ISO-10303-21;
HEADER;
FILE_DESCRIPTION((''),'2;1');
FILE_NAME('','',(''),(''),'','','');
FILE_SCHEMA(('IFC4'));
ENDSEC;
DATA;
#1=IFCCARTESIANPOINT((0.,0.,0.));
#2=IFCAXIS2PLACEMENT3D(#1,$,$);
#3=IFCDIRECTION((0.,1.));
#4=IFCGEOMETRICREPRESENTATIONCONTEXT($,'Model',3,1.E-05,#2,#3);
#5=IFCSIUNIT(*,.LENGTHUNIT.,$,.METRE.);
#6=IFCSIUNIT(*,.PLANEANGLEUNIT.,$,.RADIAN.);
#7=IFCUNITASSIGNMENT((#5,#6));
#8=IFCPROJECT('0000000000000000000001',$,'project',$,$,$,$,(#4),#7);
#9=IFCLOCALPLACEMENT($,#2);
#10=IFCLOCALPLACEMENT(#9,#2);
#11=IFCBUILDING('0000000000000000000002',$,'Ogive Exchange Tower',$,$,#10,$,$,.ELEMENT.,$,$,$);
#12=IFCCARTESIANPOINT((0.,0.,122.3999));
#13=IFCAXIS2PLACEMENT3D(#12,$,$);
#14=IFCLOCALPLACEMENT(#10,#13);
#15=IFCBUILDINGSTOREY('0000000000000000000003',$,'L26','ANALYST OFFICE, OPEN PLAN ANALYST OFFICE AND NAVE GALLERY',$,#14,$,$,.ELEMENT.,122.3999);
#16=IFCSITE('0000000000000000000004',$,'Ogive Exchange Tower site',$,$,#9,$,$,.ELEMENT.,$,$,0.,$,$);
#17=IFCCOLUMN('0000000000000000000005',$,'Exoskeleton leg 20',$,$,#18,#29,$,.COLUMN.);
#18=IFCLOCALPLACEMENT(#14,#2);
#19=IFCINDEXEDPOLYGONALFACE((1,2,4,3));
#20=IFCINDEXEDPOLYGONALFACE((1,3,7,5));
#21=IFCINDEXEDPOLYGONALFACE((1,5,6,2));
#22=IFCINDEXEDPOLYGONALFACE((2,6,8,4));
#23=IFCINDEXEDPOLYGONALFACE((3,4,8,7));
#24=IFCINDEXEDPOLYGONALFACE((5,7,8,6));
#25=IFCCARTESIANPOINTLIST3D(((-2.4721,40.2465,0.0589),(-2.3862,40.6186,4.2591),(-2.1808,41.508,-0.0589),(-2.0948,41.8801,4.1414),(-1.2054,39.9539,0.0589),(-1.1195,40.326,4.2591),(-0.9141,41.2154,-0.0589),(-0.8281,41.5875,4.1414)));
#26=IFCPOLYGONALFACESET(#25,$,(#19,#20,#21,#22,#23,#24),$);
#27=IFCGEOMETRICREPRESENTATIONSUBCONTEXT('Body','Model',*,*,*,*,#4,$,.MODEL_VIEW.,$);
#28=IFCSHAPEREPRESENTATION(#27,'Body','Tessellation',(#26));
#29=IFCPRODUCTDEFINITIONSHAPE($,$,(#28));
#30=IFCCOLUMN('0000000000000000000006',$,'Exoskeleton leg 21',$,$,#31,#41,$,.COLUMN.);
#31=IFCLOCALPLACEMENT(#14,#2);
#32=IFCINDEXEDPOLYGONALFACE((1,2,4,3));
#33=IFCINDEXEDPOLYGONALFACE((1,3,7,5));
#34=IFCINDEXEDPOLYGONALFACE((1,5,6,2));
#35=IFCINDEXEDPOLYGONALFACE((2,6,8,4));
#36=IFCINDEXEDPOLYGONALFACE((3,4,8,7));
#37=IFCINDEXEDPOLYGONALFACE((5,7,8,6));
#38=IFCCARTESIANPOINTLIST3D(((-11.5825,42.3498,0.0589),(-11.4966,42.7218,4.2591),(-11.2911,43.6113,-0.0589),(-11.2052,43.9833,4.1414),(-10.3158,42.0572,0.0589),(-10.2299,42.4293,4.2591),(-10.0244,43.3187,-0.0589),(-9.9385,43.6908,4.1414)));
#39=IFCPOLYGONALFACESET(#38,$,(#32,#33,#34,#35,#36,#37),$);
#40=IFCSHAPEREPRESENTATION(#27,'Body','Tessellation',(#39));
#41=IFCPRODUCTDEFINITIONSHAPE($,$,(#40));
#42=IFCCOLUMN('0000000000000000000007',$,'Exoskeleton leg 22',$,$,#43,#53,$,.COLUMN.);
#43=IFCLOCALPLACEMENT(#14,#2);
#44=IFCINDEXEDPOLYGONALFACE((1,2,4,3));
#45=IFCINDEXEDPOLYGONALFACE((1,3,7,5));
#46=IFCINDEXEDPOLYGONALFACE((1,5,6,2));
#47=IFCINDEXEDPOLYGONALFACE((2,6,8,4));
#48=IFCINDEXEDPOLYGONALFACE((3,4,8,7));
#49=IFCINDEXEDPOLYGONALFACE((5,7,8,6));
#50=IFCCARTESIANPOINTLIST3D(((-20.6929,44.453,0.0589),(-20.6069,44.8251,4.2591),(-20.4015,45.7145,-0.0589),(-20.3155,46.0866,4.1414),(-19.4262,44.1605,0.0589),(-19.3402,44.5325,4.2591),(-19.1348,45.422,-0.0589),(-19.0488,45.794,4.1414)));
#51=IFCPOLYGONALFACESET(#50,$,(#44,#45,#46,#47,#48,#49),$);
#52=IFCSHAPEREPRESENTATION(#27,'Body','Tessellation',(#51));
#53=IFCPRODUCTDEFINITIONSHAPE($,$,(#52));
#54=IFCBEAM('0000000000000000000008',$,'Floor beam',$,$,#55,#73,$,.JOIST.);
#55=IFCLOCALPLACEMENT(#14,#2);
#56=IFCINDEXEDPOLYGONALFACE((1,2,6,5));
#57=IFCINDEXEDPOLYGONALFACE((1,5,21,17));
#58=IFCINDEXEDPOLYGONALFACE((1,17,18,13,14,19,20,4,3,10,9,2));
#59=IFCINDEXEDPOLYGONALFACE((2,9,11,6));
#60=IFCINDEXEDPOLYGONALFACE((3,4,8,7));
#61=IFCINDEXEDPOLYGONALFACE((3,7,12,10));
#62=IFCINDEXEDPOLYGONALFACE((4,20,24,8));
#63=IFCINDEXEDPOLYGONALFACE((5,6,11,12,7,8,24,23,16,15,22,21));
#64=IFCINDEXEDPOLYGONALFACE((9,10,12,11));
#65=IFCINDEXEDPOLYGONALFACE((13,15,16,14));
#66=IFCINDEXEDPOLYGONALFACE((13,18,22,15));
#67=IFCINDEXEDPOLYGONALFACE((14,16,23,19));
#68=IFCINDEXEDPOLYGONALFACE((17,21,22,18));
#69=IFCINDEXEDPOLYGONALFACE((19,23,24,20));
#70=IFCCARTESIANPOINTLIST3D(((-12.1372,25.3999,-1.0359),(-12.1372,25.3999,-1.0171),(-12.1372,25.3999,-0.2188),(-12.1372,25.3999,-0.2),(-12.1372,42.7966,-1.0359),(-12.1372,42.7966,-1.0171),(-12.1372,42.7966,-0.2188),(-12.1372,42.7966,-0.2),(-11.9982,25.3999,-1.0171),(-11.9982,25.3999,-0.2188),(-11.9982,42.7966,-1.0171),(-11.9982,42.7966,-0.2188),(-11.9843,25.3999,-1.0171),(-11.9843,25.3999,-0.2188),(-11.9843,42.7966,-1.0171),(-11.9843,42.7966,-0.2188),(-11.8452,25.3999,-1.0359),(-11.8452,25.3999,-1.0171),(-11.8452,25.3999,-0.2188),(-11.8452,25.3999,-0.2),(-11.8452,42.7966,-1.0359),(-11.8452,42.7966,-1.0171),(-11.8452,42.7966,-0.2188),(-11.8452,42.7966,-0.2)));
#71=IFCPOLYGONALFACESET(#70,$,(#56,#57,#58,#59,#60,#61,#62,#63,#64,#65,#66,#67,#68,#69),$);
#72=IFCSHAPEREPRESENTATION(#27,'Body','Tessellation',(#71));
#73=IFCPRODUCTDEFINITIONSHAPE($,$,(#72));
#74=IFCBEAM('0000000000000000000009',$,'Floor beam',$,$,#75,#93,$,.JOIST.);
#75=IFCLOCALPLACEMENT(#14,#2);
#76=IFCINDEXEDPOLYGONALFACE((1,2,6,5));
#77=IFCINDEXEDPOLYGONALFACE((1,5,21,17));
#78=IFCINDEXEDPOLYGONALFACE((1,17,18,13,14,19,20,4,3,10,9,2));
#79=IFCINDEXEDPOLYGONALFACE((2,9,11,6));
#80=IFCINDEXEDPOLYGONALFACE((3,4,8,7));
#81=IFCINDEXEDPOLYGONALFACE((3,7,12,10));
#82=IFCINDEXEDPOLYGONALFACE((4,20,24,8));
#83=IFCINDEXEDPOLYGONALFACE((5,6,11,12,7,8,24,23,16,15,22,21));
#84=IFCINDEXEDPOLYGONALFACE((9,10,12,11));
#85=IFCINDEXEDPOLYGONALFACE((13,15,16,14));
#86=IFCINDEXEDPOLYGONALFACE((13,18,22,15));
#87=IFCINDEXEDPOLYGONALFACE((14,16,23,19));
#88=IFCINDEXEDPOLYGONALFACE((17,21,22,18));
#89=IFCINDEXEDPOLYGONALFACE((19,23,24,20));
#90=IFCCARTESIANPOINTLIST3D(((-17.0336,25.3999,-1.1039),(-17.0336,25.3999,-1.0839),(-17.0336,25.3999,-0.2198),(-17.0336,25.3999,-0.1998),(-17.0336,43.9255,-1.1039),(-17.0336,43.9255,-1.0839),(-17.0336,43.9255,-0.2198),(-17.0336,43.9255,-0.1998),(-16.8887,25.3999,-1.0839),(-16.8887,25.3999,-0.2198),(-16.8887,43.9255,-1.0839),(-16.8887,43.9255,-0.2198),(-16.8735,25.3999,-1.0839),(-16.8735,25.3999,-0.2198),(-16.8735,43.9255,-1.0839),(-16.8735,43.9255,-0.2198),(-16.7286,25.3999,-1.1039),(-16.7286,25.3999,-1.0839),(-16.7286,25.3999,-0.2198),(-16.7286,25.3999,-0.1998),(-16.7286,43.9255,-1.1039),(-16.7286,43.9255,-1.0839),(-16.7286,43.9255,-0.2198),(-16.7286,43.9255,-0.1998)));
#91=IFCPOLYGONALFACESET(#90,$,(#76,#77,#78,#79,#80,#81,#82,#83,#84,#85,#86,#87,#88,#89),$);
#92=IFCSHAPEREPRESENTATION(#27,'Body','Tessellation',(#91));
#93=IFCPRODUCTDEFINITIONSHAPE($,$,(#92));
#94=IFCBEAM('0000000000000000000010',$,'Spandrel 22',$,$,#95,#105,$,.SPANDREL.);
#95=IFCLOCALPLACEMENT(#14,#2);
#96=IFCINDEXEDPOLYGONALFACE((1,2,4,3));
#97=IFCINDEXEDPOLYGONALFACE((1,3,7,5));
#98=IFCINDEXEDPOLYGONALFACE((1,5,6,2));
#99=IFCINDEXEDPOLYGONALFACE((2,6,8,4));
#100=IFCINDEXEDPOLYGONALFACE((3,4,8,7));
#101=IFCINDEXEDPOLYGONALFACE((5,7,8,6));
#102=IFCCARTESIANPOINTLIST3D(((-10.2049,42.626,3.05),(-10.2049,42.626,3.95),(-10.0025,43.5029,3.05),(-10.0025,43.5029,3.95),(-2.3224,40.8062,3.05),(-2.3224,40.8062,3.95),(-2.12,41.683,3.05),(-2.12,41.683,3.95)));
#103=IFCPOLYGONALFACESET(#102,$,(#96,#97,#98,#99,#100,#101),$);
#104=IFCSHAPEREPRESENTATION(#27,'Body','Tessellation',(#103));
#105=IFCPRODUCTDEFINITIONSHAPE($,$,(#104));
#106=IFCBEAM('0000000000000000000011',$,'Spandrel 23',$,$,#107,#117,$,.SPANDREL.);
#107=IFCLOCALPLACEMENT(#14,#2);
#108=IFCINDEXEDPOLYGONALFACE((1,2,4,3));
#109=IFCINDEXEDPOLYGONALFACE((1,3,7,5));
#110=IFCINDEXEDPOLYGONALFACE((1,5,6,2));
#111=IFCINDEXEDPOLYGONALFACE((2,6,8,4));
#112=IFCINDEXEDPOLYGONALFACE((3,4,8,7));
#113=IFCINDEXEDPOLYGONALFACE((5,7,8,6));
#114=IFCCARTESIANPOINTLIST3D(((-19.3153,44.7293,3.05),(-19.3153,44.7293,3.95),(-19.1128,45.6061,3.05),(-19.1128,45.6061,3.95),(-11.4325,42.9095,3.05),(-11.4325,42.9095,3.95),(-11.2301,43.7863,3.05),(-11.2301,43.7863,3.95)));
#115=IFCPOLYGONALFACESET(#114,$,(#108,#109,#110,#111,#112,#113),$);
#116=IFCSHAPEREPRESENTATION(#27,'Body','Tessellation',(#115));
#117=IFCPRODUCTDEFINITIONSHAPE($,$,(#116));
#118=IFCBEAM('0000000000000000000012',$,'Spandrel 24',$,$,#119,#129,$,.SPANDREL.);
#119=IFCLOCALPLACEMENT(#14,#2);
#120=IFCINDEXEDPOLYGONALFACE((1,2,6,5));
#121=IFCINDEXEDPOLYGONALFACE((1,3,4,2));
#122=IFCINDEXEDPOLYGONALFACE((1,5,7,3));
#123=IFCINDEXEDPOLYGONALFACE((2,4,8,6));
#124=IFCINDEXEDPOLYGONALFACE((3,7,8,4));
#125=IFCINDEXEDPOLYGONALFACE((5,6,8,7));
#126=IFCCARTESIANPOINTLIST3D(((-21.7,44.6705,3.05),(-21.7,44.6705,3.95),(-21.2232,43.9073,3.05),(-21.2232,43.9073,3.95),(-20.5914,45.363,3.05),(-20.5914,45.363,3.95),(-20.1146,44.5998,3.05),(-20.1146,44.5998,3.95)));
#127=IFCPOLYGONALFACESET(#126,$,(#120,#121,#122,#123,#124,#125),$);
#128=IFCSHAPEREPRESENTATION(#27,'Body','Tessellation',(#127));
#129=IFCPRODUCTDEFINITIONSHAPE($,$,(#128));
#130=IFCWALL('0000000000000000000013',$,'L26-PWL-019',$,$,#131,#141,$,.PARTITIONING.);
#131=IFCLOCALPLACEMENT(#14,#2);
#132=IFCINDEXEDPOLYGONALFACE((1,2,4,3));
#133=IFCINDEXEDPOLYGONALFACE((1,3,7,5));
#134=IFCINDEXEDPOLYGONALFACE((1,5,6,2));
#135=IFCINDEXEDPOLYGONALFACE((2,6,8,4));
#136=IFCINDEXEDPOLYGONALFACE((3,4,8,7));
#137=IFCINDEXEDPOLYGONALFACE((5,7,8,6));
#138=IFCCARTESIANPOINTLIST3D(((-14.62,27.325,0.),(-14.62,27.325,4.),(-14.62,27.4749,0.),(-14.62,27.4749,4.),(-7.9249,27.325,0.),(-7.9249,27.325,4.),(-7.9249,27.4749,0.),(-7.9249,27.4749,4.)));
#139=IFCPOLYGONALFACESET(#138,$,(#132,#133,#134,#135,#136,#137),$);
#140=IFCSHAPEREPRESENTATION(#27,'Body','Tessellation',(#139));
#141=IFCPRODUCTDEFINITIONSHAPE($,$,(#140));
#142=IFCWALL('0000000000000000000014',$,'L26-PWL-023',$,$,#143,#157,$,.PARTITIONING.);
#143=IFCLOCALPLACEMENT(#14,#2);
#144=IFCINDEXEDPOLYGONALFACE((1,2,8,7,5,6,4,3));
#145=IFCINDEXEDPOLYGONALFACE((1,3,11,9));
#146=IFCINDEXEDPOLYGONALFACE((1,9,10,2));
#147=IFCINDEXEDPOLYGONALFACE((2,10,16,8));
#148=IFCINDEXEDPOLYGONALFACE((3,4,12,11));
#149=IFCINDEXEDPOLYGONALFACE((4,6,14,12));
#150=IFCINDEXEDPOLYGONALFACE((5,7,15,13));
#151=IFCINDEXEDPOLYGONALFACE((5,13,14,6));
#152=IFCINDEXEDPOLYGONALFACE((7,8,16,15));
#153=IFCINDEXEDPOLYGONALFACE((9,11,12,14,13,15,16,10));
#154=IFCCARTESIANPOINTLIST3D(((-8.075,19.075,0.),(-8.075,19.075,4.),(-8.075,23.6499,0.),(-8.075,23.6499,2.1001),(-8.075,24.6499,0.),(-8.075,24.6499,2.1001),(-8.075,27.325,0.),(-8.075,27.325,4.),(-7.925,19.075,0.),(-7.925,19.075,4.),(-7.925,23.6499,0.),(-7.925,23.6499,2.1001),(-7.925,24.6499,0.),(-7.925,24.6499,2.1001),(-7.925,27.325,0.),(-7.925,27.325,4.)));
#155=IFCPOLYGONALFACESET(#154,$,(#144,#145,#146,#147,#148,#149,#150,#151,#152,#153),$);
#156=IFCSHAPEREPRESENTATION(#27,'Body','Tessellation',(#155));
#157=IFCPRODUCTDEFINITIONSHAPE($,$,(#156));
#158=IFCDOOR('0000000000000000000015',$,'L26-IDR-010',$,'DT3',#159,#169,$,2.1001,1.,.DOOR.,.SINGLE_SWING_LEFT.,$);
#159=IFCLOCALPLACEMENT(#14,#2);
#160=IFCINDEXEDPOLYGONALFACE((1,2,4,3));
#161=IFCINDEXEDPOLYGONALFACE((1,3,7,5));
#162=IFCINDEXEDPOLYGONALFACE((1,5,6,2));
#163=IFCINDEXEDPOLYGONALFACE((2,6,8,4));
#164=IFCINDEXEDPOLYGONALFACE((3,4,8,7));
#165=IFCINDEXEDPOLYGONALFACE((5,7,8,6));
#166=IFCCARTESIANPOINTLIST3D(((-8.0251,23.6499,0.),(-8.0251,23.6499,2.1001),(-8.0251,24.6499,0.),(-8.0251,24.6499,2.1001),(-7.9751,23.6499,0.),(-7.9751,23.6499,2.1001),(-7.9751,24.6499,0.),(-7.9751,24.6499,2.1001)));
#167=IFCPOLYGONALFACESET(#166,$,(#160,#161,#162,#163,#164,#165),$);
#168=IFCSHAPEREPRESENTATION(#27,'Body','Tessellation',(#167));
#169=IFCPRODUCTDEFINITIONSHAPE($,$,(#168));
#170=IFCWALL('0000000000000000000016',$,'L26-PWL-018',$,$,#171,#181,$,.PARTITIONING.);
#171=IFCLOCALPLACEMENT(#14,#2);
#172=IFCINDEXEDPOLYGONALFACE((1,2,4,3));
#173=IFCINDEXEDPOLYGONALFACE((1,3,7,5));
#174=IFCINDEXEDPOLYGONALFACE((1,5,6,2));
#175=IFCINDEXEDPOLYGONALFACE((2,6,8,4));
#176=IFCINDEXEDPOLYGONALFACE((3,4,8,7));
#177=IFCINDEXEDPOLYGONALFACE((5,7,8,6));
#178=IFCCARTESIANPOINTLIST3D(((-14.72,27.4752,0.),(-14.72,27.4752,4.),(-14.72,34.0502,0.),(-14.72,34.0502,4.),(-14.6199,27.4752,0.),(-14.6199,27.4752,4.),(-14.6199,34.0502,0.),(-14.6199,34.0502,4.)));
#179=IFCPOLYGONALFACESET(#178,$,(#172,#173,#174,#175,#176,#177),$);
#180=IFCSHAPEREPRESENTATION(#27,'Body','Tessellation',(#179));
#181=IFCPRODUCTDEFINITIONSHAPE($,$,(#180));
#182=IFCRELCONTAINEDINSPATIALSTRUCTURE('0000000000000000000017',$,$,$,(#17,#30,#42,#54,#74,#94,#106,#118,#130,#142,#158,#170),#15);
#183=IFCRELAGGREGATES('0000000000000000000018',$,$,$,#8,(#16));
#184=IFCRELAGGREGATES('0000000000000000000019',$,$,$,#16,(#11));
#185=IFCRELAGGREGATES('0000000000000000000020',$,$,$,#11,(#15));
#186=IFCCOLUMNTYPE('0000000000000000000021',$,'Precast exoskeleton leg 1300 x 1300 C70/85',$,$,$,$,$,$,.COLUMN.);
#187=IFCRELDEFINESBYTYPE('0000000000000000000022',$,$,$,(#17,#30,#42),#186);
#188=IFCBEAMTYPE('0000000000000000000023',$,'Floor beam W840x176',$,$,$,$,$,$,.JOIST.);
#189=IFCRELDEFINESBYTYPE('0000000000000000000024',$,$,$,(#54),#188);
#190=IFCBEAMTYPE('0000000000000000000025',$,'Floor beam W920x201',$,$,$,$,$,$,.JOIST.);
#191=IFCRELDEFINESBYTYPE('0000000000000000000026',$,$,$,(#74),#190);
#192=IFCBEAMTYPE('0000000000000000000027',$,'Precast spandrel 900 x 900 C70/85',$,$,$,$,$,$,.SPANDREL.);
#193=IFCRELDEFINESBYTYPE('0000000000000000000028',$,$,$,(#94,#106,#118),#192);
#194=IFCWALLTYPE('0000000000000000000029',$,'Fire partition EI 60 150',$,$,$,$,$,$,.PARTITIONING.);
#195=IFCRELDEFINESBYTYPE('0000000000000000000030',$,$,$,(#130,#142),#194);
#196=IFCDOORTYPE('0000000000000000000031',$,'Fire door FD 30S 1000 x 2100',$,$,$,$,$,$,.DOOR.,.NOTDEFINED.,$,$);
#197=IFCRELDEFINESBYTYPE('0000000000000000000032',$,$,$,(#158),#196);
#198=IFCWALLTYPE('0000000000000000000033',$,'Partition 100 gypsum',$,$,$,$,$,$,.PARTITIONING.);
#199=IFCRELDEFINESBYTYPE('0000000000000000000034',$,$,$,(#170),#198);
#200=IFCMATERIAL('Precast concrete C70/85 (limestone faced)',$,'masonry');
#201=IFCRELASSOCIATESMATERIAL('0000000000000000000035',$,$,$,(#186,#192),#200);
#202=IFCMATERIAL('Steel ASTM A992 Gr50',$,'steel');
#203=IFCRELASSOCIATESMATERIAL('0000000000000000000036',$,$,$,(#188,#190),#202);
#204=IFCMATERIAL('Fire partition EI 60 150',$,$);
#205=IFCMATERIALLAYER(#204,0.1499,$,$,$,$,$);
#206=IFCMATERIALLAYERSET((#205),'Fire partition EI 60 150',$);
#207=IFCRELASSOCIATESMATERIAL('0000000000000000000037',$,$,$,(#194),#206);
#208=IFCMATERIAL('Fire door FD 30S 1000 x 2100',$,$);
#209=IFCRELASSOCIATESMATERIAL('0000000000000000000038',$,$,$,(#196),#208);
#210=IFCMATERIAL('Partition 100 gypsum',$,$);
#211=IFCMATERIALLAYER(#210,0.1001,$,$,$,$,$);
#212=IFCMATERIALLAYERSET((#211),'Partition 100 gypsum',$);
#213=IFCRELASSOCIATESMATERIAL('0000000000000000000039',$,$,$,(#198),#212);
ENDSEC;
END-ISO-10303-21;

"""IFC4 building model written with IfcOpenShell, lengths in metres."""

from ifc_helpers import new_model, si_unit, direction, frame, frame_2d, origin, origin_2d, place, context, subcontext, project, spatial, rectangle, i_section, extrude, material, layer, layer_set, material_profile, profile_set, type_object, element, fill, save


model = new_model("IFC4")

# Units and contexts
model_context = context("Model", 3, precision=1e-05, world=origin(), true_north=direction((0.0, 1.0)))
body_context = subcontext(model_context, "Body", "Model", "MODEL_VIEW")
ifc_project = project(units=[si_unit("LENGTHUNIT", "METRE"), si_unit("PLANEANGLEUNIT", "RADIAN")], contexts=[model_context])

# Site, building, storey
site_placement = place(None, origin())
site = spatial("IfcSite", under=ifc_project, at=site_placement, Name="Ogive Exchange Tower site", CompositionType="ELEMENT", RefElevation=0.0)
building_placement = place(site_placement, origin())
building = spatial("IfcBuilding", under=site, at=building_placement, Name="Ogive Exchange Tower", CompositionType="ELEMENT")
storey_placement = place(building_placement, frame((0.0, 0.0, 122.3999)))
storey = spatial("IfcBuildingStorey", under=building, at=storey_placement, Name="L26", Description="ANALYST OFFICE, OPEN PLAN ANALYST OFFICE AND NAVE GALLERY", CompositionType="ELEMENT", Elevation=122.3999)

# Columns
ifc_material_1 = material(Name="Precast concrete C70/85 (limestone faced)", Category="masonry")
ifc_material_profile_1 = material_profile(ifc_material_1, rectangle(XDim=1.3, YDim=1.3, at=origin_2d()), Name="1300 x 1300")
ifc_profile_set_1 = profile_set([ifc_material_profile_1], Name="Precast concrete C70/85 (limestone faced)")
column_type = type_object("IfcColumnType", Name="Precast exoskeleton leg 1300 x 1300 C70/85", PredefinedType="COLUMN", material=ifc_profile_set_1)
for number, where, z_axis, x_axis, name in (
    (1, (-1.6931, 40.731, 0.0), (0.020376, 0.08822, 0.995893), (-0.974348, 0.225046, 0.0), "Exoskeleton leg 20"),
    (2, (-10.8035, 42.8342, 0.0), (0.020376, 0.08822, 0.995893), (-0.974348, 0.225046, 0.0), "Exoskeleton leg 21"),
    (3, (-19.9138, 44.9375, 0.0), (0.020376, 0.08822, 0.995893), (-0.974348, 0.225046, 0.0), "Exoskeleton leg 22"),
):
    element("IfcColumn", number, at=place(storey_placement, frame(where, z_axis=z_axis, x_axis=x_axis)), inside=storey, type_object=column_type, Name=name, PredefinedType="COLUMN", context=body_context, shape_type="SweptSolid", body=[
        extrude(rectangle(XDim=1.3, YDim=1.3, at=origin_2d()), origin(), (0.0, 0.0, 1.0), 4.2175),
    ])

# Beams
ifc_material_2 = material(Name="Steel ASTM A992 Gr50", Category="steel")
ifc_material_profile_2 = material_profile(ifc_material_2, i_section(OverallWidth=0.292, OverallDepth=0.8359, WebThickness=0.0139, FlangeThickness=0.0188, at=origin_2d()), Name="W840x176")
ifc_profile_set_2 = profile_set([ifc_material_profile_2], Name="Steel ASTM A992 Gr50")
beam_type_1 = type_object("IfcBeamType", Name="Floor beam W840x176", PredefinedType="JOIST", material=ifc_profile_set_2)
beam_1_placement = place(storey_placement, frame((-11.9912, 25.3999, -0.6179), z_axis=(0.0, 1.0, 0.0), x_axis=(-1.0, 0.0, 0.0)))
element("IfcBeam", 4, at=beam_1_placement, inside=storey, type_object=beam_type_1, Name="Floor beam", PredefinedType="JOIST", context=body_context, shape_type="SweptSolid", body=[
    extrude(i_section(OverallWidth=0.292, OverallDepth=0.8359, WebThickness=0.0139, FlangeThickness=0.0188, at=origin_2d()), origin(), (0.0, 0.0, 1.0), 17.3967),
])
ifc_material_profile_3 = material_profile(ifc_material_2, i_section(OverallWidth=0.3049, OverallDepth=0.9041, WebThickness=0.0151, FlangeThickness=0.02, at=origin_2d()), Name="W920x201")
ifc_profile_set_3 = profile_set([ifc_material_profile_3], Name="Steel ASTM A992 Gr50")
beam_type_2 = type_object("IfcBeamType", Name="Floor beam W920x201", PredefinedType="JOIST", material=ifc_profile_set_3)
beam_2_placement = place(storey_placement, frame((-16.8811, 25.3999, -0.6519), z_axis=(0.0, 1.0, 0.0), x_axis=(-1.0, 0.0, 0.0)))
element("IfcBeam", 5, at=beam_2_placement, inside=storey, type_object=beam_type_2, Name="Floor beam", PredefinedType="JOIST", context=body_context, shape_type="SweptSolid", body=[
    extrude(i_section(OverallWidth=0.3049, OverallDepth=0.9041, WebThickness=0.0151, FlangeThickness=0.02, at=origin_2d()), origin(), (0.0, 0.0, 1.0), 18.5256),
])
ifc_material_profile_4 = material_profile(ifc_material_1, rectangle(XDim=0.8999, YDim=0.8999, at=origin_2d()), Name="900 x 900")
ifc_profile_set_4 = profile_set([ifc_material_profile_4], Name="Precast concrete C70/85 (limestone faced)")
beam_type_3 = type_object("IfcBeamType", Name="Precast spandrel 900 x 900 C70/85", PredefinedType="SPANDREL", material=ifc_profile_set_4)
beam_3_placement = place(storey_placement, frame((-2.2212, 41.2446, 3.5), z_axis=(-0.97437, 0.22495, 0.0), x_axis=(-0.22495, -0.97437, 0.0)))
element("IfcBeam", 6, at=beam_3_placement, inside=storey, type_object=beam_type_3, Name="Spandrel 22", PredefinedType="SPANDREL", context=body_context, shape_type="SweptSolid", body=[
    extrude(rectangle(XDim=0.8999, YDim=0.8999, at=origin_2d()), origin(), (0.0, 0.0, 1.0), 8.0898),
])
beam_4_placement = place(storey_placement, frame((-11.3313, 43.3479, 3.5), z_axis=(-0.974372, 0.224943, 0.0), x_axis=(-0.224943, -0.974372, 0.0)))
element("IfcBeam", 7, at=beam_4_placement, inside=storey, type_object=beam_type_3, Name="Spandrel 23", PredefinedType="SPANDREL", context=body_context, shape_type="SweptSolid", body=[
    extrude(rectangle(XDim=0.8999, YDim=0.8999, at=origin_2d()), origin(), (0.0, 0.0, 1.0), 8.0901),
])
beam_5_placement = place(storey_placement, frame((-20.353, 44.9814, 3.5), z_axis=(-0.848093, -0.529848, 0.0), x_axis=(0.529848, -0.848093, 0.0)))
element("IfcBeam", 8, at=beam_5_placement, inside=storey, type_object=beam_type_3, Name="Spandrel 24", PredefinedType="SPANDREL", context=body_context, shape_type="SweptSolid", body=[
    extrude(rectangle(XDim=0.8999, YDim=0.8999, at=origin_2d()), origin(), (0.0, 0.0, 1.0), 1.3071),
])

# Wall
ifc_material_3 = material(Name="Fire partition EI 60 150")
ifc_layer_1 = layer(ifc_material_3, 0.1499)
ifc_layer_set_1 = layer_set([ifc_layer_1], Name="Fire partition EI 60 150")
wall_type_1 = type_object("IfcWallType", Name="Fire partition EI 60 150", PredefinedType="PARTITIONING", material=ifc_layer_set_1)
wall_1_placement = place(storey_placement, frame((-14.6201, 27.3999, 0.0), z_axis=(0.0, 0.0, 1.0), x_axis=(1.0, 0.0, 0.0)))
element("IfcWall", 9, at=wall_1_placement, inside=storey, type_object=wall_type_1, Name="L26-PWL-019", PredefinedType="PARTITIONING", context=body_context, shape_type="SweptSolid", body=[
    extrude(rectangle(XDim=6.6951, YDim=0.1499, at=frame_2d((3.3477, 0.0))), origin(), (0.0, 0.0, 1.0), 4.0),
])

# Wall, opening, door
wall_2_placement = place(storey_placement, frame((-8.0, 27.325, 0.0), z_axis=(0.0, 0.0, 1.0), x_axis=(0.0, -1.0, 0.0)))
wall_2 = element("IfcWall", 10, at=wall_2_placement, inside=storey, type_object=wall_type_1, Name="L26-PWL-023", PredefinedType="PARTITIONING", context=body_context, shape_type="SweptSolid", body=[
    extrude(rectangle(XDim=8.25, YDim=0.1499, at=frame_2d((4.125, 0.0))), origin(), (0.0, 0.0, 1.0), 4.0),
])
opening_1_placement = place(wall_2_placement, frame((2.675, 0.0, 0.0)))
opening_1 = element("IfcOpeningElement", 11, at=opening_1_placement, cuts=wall_2, PredefinedType="OPENING", context=body_context, shape_type="SweptSolid", body=[
    extrude(rectangle(XDim=1.0, YDim=2.1001, at=frame_2d((0.5, 1.05))), frame((0.0, 0.085, 0.0), z_axis=(0.0, -1.0, 0.0), x_axis=(1.0, 0.0, 0.0)), (0.0, 0.0, 1.0), 0.1699),
])
ifc_material_4 = material(Name="Fire door FD 30S 1000 x 2100")
door_type_1 = type_object("IfcDoorType", Name="Fire door FD 30S 1000 x 2100", OperationType="NOTDEFINED", PredefinedType="DOOR", material=ifc_material_4)
door_1_placement = place(opening_1_placement, origin())
door_1 = element("IfcDoor", 12, at=door_1_placement, inside=storey, type_object=door_type_1, Name="L26-IDR-010", ObjectType="DT3", OperationType="SINGLE_SWING_LEFT", OverallHeight=2.1001, OverallWidth=1.0, PredefinedType="DOOR", context=body_context, shape_type="SweptSolid", body=[
    extrude(rectangle(XDim=1.0, YDim=2.1001, at=frame_2d((0.5, 1.05))), frame((0.0, 0.0249, 0.0), z_axis=(0.0, -1.0, 0.0), x_axis=(1.0, 0.0, 0.0)), (0.0, 0.0, 1.0), 0.05),
])
fill(opening_1, door_1)

# Wall
ifc_material_5 = material(Name="Partition 100 gypsum")
ifc_layer_2 = layer(ifc_material_5, 0.1001)
ifc_layer_set_2 = layer_set([ifc_layer_2], Name="Partition 100 gypsum")
wall_type_2 = type_object("IfcWallType", Name="Partition 100 gypsum", PredefinedType="PARTITIONING", material=ifc_layer_set_2)
wall_3_placement = place(storey_placement, frame((-14.6699, 27.4751, 0.0), z_axis=(0.0, 0.0, 1.0), x_axis=(0.0, 1.0, 0.0)))
element("IfcWall", 13, at=wall_3_placement, inside=storey, type_object=wall_type_2, Name="L26-PWL-018", PredefinedType="PARTITIONING", context=body_context, shape_type="SweptSolid", body=[
    extrude(rectangle(XDim=6.575, YDim=0.1001, at=frame_2d((3.2876, 0.0))), origin(), (0.0, 0.0, 1.0), 4.0),
])

save(model, "model.ifc")
